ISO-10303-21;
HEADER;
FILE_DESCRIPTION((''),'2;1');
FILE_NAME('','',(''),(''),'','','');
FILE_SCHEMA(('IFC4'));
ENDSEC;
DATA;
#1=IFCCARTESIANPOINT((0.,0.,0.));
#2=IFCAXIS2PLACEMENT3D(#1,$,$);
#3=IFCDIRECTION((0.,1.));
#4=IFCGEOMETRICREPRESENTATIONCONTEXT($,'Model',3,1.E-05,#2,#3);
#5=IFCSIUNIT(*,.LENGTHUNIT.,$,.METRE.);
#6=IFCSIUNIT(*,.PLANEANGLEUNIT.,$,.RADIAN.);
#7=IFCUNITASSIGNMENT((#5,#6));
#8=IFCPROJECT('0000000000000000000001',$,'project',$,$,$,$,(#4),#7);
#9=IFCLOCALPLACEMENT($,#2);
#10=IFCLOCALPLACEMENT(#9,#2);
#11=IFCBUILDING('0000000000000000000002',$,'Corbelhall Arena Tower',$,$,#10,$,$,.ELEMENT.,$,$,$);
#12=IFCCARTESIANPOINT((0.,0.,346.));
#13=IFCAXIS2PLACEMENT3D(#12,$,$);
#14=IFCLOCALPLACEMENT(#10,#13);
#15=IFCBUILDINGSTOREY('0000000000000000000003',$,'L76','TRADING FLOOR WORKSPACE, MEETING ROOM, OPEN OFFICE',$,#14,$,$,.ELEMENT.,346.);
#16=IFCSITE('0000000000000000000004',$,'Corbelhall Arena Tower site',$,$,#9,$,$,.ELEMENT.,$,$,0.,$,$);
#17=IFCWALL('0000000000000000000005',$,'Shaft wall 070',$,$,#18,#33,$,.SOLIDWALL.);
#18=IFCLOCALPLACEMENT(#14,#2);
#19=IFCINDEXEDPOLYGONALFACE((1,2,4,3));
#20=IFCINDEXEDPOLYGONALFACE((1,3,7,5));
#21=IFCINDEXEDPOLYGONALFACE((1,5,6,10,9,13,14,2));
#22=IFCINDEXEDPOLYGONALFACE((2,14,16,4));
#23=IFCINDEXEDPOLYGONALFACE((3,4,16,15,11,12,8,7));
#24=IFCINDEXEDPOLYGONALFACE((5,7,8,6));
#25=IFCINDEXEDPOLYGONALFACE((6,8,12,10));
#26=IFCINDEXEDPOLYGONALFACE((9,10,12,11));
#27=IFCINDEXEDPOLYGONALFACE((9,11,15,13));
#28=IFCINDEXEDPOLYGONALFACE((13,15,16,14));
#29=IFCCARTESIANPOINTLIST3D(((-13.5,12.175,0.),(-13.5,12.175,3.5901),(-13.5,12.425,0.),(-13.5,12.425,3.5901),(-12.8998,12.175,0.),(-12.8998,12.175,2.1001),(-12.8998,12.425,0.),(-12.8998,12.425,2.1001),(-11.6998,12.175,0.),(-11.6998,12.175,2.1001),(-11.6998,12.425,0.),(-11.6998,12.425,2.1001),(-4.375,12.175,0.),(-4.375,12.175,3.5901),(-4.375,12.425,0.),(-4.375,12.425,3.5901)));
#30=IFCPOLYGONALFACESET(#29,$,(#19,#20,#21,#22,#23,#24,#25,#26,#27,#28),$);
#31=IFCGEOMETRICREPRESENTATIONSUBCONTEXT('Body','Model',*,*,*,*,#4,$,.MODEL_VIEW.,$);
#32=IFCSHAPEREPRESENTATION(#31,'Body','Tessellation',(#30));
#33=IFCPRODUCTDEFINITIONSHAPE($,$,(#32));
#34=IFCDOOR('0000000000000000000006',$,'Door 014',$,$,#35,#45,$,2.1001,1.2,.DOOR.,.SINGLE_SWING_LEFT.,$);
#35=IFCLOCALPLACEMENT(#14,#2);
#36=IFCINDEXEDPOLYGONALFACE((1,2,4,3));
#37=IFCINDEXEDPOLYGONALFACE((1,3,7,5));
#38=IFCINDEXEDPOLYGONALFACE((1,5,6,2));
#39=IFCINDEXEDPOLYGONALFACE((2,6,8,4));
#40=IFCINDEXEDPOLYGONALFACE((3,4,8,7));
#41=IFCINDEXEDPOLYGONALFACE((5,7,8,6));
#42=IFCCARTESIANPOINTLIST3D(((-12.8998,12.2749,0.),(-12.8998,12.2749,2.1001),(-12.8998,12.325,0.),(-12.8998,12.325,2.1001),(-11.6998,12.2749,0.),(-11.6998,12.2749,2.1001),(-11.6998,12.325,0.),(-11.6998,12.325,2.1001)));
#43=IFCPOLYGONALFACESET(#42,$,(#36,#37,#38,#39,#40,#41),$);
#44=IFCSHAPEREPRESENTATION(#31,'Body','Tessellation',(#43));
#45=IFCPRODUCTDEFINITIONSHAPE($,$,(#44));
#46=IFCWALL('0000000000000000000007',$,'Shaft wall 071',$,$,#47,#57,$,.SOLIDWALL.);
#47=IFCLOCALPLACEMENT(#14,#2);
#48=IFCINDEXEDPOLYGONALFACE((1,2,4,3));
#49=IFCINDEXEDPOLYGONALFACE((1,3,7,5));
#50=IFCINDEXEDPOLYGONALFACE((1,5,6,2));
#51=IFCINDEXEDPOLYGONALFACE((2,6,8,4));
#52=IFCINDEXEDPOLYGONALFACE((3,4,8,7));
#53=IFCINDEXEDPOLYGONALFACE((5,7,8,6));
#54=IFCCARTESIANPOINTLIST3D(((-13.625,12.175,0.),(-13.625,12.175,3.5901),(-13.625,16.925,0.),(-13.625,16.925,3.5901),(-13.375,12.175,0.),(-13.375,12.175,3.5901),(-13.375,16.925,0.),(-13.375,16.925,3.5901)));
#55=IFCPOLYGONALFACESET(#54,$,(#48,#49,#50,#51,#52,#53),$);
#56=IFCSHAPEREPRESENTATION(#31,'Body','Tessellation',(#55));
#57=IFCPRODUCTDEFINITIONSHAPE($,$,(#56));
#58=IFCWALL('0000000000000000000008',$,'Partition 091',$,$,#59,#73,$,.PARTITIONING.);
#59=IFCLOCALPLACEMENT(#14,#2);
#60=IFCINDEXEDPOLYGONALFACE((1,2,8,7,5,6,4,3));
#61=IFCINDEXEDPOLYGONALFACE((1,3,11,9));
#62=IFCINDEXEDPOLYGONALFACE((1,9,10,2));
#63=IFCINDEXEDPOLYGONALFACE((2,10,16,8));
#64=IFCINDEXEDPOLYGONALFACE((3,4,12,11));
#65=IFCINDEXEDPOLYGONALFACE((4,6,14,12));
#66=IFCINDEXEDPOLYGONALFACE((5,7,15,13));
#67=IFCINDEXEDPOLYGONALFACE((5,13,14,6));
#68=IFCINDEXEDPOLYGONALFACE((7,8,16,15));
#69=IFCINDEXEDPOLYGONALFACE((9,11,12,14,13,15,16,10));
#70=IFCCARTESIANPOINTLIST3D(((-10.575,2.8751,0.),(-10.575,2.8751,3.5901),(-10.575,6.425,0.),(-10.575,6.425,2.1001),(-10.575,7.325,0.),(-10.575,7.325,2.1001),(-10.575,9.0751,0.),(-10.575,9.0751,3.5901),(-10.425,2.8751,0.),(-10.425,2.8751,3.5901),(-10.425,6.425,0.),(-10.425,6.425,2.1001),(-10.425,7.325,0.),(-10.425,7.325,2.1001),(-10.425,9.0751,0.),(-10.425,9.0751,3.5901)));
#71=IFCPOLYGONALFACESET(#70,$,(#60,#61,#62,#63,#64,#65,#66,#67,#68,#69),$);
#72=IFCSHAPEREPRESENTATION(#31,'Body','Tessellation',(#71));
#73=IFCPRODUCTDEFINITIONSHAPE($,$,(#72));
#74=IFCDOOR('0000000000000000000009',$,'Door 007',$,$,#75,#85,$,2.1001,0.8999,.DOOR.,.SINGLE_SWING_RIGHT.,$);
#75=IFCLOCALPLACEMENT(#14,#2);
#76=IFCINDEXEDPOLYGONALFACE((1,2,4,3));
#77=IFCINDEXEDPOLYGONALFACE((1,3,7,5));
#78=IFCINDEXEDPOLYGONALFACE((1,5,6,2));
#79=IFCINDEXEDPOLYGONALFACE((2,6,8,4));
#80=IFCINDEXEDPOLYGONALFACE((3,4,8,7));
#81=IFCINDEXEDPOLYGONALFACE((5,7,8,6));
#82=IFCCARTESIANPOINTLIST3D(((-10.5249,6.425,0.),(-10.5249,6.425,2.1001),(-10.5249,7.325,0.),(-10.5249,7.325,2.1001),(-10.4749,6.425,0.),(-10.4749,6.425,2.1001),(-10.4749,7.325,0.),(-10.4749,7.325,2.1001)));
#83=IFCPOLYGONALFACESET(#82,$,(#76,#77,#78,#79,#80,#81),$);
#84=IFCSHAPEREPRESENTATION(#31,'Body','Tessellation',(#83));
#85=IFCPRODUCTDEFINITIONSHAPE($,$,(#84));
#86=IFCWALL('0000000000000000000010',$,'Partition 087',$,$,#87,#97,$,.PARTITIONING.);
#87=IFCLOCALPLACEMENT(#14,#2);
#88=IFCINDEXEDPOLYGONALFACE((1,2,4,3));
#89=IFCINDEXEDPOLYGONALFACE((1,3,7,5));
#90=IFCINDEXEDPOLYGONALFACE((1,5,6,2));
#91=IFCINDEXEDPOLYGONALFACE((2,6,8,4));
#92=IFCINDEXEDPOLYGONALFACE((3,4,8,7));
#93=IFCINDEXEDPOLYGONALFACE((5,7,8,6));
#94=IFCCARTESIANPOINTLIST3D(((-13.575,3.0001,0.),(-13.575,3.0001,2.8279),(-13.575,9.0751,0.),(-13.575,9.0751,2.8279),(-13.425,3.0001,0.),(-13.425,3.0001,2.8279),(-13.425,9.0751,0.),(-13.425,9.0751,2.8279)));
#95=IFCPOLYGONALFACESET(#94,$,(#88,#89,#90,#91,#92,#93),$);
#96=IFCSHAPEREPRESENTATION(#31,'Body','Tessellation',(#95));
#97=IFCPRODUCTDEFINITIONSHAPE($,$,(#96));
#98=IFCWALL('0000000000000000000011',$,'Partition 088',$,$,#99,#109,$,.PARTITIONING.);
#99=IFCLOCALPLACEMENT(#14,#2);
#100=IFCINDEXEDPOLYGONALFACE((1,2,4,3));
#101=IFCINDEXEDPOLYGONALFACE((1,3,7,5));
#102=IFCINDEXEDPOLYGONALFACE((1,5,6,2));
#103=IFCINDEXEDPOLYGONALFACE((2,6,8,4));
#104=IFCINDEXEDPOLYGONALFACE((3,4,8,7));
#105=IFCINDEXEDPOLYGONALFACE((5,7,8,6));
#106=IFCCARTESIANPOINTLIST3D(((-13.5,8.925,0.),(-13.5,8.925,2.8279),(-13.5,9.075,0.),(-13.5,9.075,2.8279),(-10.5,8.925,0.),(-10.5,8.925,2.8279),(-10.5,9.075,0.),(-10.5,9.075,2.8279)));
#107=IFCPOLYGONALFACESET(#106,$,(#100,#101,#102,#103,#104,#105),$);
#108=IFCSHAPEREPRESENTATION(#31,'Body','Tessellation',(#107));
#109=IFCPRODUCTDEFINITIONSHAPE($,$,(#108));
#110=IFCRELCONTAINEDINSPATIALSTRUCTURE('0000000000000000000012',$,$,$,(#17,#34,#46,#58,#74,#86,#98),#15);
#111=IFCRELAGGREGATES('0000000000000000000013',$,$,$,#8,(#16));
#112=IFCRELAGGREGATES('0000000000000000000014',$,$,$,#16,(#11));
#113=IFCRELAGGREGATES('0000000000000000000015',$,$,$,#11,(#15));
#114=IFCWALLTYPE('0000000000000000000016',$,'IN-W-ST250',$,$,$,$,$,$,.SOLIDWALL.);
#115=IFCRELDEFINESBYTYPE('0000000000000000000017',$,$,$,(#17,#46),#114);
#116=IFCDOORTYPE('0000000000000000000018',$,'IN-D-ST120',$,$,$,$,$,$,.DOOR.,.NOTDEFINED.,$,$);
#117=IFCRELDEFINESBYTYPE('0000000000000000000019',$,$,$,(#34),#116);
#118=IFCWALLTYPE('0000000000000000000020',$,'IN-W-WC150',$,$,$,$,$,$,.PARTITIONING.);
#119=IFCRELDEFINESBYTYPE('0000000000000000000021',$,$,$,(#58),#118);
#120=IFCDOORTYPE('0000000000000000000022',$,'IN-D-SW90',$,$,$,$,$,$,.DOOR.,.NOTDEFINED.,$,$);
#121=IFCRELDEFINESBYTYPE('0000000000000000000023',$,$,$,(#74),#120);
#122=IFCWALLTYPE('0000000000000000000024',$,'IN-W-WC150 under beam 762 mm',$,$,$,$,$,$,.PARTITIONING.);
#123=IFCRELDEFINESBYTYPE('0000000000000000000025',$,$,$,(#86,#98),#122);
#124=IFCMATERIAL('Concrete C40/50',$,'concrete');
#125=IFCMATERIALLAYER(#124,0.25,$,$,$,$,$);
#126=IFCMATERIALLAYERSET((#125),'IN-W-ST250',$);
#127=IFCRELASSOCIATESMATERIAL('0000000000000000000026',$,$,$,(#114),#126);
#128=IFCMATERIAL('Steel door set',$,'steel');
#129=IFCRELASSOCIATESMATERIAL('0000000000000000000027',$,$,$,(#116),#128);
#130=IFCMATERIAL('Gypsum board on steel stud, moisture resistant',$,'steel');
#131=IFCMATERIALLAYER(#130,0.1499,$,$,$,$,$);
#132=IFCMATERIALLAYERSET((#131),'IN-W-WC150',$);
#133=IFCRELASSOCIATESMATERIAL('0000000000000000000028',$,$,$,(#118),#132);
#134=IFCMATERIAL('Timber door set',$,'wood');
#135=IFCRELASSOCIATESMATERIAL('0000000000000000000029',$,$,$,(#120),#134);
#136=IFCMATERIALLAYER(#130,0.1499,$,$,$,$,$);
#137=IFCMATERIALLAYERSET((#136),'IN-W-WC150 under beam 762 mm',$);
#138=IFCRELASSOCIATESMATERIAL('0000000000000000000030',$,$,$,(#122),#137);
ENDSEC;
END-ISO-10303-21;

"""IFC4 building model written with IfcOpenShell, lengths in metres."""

from ifc_helpers import new_model, si_unit, direction, frame, frame_2d, origin, place, context, subcontext, project, spatial, rectangle, extrude, material, layer, layer_set, type_object, element, fill, save


model = new_model("IFC4")

# Units and contexts
model_context = context("Model", 3, precision=1e-05, world=origin(), true_north=direction((0.0, 1.0)))
body_context = subcontext(model_context, "Body", "Model", "MODEL_VIEW")
ifc_project = project(units=[si_unit("LENGTHUNIT", "METRE"), si_unit("PLANEANGLEUNIT", "RADIAN")], contexts=[model_context])

# Site, building, storey
site_placement = place(None, origin())
site = spatial("IfcSite", under=ifc_project, at=site_placement, Name="Corbelhall Arena Tower site", CompositionType="ELEMENT", RefElevation=0.0)
building_placement = place(site_placement, origin())
building = spatial("IfcBuilding", under=site, at=building_placement, Name="Corbelhall Arena Tower", CompositionType="ELEMENT")
storey_placement = place(building_placement, frame((0.0, 0.0, 346.0)))
storey = spatial("IfcBuildingStorey", under=building, at=storey_placement, Name="L76", Description="TRADING FLOOR WORKSPACE, MEETING ROOM, OPEN OFFICE", CompositionType="ELEMENT", Elevation=346.0)

# Shared definitions
ifc_material_1 = material(Name="Steel door set", Category="steel")

# Shared definitions
ifc_material_2 = material(Name="Concrete C40/50", Category="concrete")

# Wall, opening, door
ifc_layer_1 = layer(ifc_material_2, 0.25)
ifc_layer_set_1 = layer_set([ifc_layer_1], Name="IN-W-ST250")
wall_type_1 = type_object("IfcWallType", Name="IN-W-ST250", PredefinedType="SOLIDWALL", material=ifc_layer_set_1)
wall_1_placement = place(storey_placement, frame((-13.5, 12.3, 0.0), z_axis=(0.0, 0.0, 1.0), x_axis=(1.0, 0.0, 0.0)))
wall_1 = element("IfcWall", 1, at=wall_1_placement, inside=storey, type_object=wall_type_1, Name="Shaft wall 070", PredefinedType="SOLIDWALL", context=body_context, shape_type="SweptSolid", body=[
    extrude(rectangle(XDim=9.125, YDim=0.25, at=frame_2d((4.5625, 0.0))), origin(), (0.0, 0.0, 1.0), 3.5901),
])
opening_1_placement = place(wall_1_placement, frame((0.6001, 0.0, 0.0)))
opening_1 = element("IfcOpeningElement", 2, at=opening_1_placement, cuts=wall_1, PredefinedType="OPENING", context=body_context, shape_type="SweptSolid", body=[
    extrude(rectangle(XDim=1.2, YDim=2.1001, at=frame_2d((0.6001, 1.05))), frame((0.0, 0.125, 0.0), z_axis=(0.0, -1.0, 0.0), x_axis=(1.0, 0.0, 0.0)), (0.0, 0.0, 1.0), 0.25),
])
door_type_1 = type_object("IfcDoorType", Name="IN-D-ST120", OperationType="NOTDEFINED", PredefinedType="DOOR", material=ifc_material_1)
door_1_placement = place(opening_1_placement, origin())
door_1 = element("IfcDoor", 3, at=door_1_placement, inside=storey, type_object=door_type_1, Name="Door 014", OperationType="SINGLE_SWING_LEFT", OverallHeight=2.1001, OverallWidth=1.2, PredefinedType="DOOR", context=body_context, shape_type="SweptSolid", body=[
    extrude(rectangle(XDim=1.2, YDim=2.1001, at=frame_2d((0.6001, 1.05))), frame((0.0, 0.0249, 0.0), z_axis=(0.0, -1.0, 0.0), x_axis=(1.0, 0.0, 0.0)), (0.0, 0.0, 1.0), 0.05),
])
fill(opening_1, door_1)

# Wall
wall_2_placement = place(storey_placement, frame((-13.5, 12.175, 0.0), z_axis=(0.0, 0.0, 1.0), x_axis=(0.0, 1.0, 0.0)))
element("IfcWall", 4, at=wall_2_placement, inside=storey, type_object=wall_type_1, Name="Shaft wall 071", PredefinedType="SOLIDWALL", context=body_context, shape_type="SweptSolid", body=[
    extrude(rectangle(XDim=4.75, YDim=0.25, at=frame_2d((2.375, 0.0))), origin(), (0.0, 0.0, 1.0), 3.5901),
])

# Wall, opening, door
ifc_material_3 = material(Name="Gypsum board on steel stud, moisture resistant", Category="steel")
ifc_layer_2 = layer(ifc_material_3, 0.1499)
ifc_layer_set_2 = layer_set([ifc_layer_2], Name="IN-W-WC150")
wall_type_2 = type_object("IfcWallType", Name="IN-W-WC150", PredefinedType="PARTITIONING", material=ifc_layer_set_2)
wall_3_placement = place(storey_placement, frame((-10.5, 2.875, 0.0), z_axis=(0.0, 0.0, 1.0), x_axis=(0.0, 1.0, 0.0)))
wall_3 = element("IfcWall", 5, at=wall_3_placement, inside=storey, type_object=wall_type_2, Name="Partition 091", PredefinedType="PARTITIONING", context=body_context, shape_type="SweptSolid", body=[
    extrude(rectangle(XDim=6.2, YDim=0.1499, at=frame_2d((3.1001, 0.0))), origin(), (0.0, 0.0, 1.0), 3.5901),
])
opening_2_placement = place(wall_3_placement, frame((3.55, 0.0, 0.0)))
opening_2 = element("IfcOpeningElement", 6, at=opening_2_placement, cuts=wall_3, PredefinedType="OPENING", context=body_context, shape_type="SweptSolid", body=[
    extrude(rectangle(XDim=0.8999, YDim=2.1001, at=frame_2d((0.45, 1.05))), frame((0.0, 0.075, 0.0), z_axis=(0.0, -1.0, 0.0), x_axis=(1.0, 0.0, 0.0)), (0.0, 0.0, 1.0), 0.1499),
])
ifc_material_4 = material(Name="Timber door set", Category="wood")
door_type_2 = type_object("IfcDoorType", Name="IN-D-SW90", OperationType="NOTDEFINED", PredefinedType="DOOR", material=ifc_material_4)
door_2_placement = place(opening_2_placement, origin())
door_2 = element("IfcDoor", 7, at=door_2_placement, inside=storey, type_object=door_type_2, Name="Door 007", OperationType="SINGLE_SWING_RIGHT", OverallHeight=2.1001, OverallWidth=0.8999, PredefinedType="DOOR", context=body_context, shape_type="SweptSolid", body=[
    extrude(rectangle(XDim=0.8999, YDim=2.1001, at=frame_2d((0.45, 1.05))), frame((0.0, 0.0249, 0.0), z_axis=(0.0, -1.0, 0.0), x_axis=(1.0, 0.0, 0.0)), (0.0, 0.0, 1.0), 0.05),
])
fill(opening_2, door_2)

# Walls
ifc_layer_3 = layer(ifc_material_3, 0.1499)
ifc_layer_set_3 = layer_set([ifc_layer_3], Name="IN-W-WC150 under beam 762 mm")
wall_type_3 = type_object("IfcWallType", Name="IN-W-WC150 under beam 762 mm", PredefinedType="PARTITIONING", material=ifc_layer_set_3)
wall_4_placement = place(storey_placement, frame((-13.5, 3.0, 0.0), z_axis=(0.0, 0.0, 1.0), x_axis=(0.0, 1.0, 0.0)))
element("IfcWall", 8, at=wall_4_placement, inside=storey, type_object=wall_type_3, Name="Partition 087", PredefinedType="PARTITIONING", context=body_context, shape_type="SweptSolid", body=[
    extrude(rectangle(XDim=6.075, YDim=0.1499, at=frame_2d((3.0376, 0.0))), origin(), (0.0, 0.0, 1.0), 2.8279),
])
wall_5_placement = place(storey_placement, frame((-13.5, 9.0, 0.0), z_axis=(0.0, 0.0, 1.0), x_axis=(1.0, 0.0, 0.0)))
element("IfcWall", 9, at=wall_5_placement, inside=storey, type_object=wall_type_3, Name="Partition 088", PredefinedType="PARTITIONING", context=body_context, shape_type="SweptSolid", body=[
    extrude(rectangle(XDim=3.0, YDim=0.1499, at=frame_2d((1.5, 0.0))), origin(), (0.0, 0.0, 1.0), 2.8279),
])

save(model, "model.ifc")
